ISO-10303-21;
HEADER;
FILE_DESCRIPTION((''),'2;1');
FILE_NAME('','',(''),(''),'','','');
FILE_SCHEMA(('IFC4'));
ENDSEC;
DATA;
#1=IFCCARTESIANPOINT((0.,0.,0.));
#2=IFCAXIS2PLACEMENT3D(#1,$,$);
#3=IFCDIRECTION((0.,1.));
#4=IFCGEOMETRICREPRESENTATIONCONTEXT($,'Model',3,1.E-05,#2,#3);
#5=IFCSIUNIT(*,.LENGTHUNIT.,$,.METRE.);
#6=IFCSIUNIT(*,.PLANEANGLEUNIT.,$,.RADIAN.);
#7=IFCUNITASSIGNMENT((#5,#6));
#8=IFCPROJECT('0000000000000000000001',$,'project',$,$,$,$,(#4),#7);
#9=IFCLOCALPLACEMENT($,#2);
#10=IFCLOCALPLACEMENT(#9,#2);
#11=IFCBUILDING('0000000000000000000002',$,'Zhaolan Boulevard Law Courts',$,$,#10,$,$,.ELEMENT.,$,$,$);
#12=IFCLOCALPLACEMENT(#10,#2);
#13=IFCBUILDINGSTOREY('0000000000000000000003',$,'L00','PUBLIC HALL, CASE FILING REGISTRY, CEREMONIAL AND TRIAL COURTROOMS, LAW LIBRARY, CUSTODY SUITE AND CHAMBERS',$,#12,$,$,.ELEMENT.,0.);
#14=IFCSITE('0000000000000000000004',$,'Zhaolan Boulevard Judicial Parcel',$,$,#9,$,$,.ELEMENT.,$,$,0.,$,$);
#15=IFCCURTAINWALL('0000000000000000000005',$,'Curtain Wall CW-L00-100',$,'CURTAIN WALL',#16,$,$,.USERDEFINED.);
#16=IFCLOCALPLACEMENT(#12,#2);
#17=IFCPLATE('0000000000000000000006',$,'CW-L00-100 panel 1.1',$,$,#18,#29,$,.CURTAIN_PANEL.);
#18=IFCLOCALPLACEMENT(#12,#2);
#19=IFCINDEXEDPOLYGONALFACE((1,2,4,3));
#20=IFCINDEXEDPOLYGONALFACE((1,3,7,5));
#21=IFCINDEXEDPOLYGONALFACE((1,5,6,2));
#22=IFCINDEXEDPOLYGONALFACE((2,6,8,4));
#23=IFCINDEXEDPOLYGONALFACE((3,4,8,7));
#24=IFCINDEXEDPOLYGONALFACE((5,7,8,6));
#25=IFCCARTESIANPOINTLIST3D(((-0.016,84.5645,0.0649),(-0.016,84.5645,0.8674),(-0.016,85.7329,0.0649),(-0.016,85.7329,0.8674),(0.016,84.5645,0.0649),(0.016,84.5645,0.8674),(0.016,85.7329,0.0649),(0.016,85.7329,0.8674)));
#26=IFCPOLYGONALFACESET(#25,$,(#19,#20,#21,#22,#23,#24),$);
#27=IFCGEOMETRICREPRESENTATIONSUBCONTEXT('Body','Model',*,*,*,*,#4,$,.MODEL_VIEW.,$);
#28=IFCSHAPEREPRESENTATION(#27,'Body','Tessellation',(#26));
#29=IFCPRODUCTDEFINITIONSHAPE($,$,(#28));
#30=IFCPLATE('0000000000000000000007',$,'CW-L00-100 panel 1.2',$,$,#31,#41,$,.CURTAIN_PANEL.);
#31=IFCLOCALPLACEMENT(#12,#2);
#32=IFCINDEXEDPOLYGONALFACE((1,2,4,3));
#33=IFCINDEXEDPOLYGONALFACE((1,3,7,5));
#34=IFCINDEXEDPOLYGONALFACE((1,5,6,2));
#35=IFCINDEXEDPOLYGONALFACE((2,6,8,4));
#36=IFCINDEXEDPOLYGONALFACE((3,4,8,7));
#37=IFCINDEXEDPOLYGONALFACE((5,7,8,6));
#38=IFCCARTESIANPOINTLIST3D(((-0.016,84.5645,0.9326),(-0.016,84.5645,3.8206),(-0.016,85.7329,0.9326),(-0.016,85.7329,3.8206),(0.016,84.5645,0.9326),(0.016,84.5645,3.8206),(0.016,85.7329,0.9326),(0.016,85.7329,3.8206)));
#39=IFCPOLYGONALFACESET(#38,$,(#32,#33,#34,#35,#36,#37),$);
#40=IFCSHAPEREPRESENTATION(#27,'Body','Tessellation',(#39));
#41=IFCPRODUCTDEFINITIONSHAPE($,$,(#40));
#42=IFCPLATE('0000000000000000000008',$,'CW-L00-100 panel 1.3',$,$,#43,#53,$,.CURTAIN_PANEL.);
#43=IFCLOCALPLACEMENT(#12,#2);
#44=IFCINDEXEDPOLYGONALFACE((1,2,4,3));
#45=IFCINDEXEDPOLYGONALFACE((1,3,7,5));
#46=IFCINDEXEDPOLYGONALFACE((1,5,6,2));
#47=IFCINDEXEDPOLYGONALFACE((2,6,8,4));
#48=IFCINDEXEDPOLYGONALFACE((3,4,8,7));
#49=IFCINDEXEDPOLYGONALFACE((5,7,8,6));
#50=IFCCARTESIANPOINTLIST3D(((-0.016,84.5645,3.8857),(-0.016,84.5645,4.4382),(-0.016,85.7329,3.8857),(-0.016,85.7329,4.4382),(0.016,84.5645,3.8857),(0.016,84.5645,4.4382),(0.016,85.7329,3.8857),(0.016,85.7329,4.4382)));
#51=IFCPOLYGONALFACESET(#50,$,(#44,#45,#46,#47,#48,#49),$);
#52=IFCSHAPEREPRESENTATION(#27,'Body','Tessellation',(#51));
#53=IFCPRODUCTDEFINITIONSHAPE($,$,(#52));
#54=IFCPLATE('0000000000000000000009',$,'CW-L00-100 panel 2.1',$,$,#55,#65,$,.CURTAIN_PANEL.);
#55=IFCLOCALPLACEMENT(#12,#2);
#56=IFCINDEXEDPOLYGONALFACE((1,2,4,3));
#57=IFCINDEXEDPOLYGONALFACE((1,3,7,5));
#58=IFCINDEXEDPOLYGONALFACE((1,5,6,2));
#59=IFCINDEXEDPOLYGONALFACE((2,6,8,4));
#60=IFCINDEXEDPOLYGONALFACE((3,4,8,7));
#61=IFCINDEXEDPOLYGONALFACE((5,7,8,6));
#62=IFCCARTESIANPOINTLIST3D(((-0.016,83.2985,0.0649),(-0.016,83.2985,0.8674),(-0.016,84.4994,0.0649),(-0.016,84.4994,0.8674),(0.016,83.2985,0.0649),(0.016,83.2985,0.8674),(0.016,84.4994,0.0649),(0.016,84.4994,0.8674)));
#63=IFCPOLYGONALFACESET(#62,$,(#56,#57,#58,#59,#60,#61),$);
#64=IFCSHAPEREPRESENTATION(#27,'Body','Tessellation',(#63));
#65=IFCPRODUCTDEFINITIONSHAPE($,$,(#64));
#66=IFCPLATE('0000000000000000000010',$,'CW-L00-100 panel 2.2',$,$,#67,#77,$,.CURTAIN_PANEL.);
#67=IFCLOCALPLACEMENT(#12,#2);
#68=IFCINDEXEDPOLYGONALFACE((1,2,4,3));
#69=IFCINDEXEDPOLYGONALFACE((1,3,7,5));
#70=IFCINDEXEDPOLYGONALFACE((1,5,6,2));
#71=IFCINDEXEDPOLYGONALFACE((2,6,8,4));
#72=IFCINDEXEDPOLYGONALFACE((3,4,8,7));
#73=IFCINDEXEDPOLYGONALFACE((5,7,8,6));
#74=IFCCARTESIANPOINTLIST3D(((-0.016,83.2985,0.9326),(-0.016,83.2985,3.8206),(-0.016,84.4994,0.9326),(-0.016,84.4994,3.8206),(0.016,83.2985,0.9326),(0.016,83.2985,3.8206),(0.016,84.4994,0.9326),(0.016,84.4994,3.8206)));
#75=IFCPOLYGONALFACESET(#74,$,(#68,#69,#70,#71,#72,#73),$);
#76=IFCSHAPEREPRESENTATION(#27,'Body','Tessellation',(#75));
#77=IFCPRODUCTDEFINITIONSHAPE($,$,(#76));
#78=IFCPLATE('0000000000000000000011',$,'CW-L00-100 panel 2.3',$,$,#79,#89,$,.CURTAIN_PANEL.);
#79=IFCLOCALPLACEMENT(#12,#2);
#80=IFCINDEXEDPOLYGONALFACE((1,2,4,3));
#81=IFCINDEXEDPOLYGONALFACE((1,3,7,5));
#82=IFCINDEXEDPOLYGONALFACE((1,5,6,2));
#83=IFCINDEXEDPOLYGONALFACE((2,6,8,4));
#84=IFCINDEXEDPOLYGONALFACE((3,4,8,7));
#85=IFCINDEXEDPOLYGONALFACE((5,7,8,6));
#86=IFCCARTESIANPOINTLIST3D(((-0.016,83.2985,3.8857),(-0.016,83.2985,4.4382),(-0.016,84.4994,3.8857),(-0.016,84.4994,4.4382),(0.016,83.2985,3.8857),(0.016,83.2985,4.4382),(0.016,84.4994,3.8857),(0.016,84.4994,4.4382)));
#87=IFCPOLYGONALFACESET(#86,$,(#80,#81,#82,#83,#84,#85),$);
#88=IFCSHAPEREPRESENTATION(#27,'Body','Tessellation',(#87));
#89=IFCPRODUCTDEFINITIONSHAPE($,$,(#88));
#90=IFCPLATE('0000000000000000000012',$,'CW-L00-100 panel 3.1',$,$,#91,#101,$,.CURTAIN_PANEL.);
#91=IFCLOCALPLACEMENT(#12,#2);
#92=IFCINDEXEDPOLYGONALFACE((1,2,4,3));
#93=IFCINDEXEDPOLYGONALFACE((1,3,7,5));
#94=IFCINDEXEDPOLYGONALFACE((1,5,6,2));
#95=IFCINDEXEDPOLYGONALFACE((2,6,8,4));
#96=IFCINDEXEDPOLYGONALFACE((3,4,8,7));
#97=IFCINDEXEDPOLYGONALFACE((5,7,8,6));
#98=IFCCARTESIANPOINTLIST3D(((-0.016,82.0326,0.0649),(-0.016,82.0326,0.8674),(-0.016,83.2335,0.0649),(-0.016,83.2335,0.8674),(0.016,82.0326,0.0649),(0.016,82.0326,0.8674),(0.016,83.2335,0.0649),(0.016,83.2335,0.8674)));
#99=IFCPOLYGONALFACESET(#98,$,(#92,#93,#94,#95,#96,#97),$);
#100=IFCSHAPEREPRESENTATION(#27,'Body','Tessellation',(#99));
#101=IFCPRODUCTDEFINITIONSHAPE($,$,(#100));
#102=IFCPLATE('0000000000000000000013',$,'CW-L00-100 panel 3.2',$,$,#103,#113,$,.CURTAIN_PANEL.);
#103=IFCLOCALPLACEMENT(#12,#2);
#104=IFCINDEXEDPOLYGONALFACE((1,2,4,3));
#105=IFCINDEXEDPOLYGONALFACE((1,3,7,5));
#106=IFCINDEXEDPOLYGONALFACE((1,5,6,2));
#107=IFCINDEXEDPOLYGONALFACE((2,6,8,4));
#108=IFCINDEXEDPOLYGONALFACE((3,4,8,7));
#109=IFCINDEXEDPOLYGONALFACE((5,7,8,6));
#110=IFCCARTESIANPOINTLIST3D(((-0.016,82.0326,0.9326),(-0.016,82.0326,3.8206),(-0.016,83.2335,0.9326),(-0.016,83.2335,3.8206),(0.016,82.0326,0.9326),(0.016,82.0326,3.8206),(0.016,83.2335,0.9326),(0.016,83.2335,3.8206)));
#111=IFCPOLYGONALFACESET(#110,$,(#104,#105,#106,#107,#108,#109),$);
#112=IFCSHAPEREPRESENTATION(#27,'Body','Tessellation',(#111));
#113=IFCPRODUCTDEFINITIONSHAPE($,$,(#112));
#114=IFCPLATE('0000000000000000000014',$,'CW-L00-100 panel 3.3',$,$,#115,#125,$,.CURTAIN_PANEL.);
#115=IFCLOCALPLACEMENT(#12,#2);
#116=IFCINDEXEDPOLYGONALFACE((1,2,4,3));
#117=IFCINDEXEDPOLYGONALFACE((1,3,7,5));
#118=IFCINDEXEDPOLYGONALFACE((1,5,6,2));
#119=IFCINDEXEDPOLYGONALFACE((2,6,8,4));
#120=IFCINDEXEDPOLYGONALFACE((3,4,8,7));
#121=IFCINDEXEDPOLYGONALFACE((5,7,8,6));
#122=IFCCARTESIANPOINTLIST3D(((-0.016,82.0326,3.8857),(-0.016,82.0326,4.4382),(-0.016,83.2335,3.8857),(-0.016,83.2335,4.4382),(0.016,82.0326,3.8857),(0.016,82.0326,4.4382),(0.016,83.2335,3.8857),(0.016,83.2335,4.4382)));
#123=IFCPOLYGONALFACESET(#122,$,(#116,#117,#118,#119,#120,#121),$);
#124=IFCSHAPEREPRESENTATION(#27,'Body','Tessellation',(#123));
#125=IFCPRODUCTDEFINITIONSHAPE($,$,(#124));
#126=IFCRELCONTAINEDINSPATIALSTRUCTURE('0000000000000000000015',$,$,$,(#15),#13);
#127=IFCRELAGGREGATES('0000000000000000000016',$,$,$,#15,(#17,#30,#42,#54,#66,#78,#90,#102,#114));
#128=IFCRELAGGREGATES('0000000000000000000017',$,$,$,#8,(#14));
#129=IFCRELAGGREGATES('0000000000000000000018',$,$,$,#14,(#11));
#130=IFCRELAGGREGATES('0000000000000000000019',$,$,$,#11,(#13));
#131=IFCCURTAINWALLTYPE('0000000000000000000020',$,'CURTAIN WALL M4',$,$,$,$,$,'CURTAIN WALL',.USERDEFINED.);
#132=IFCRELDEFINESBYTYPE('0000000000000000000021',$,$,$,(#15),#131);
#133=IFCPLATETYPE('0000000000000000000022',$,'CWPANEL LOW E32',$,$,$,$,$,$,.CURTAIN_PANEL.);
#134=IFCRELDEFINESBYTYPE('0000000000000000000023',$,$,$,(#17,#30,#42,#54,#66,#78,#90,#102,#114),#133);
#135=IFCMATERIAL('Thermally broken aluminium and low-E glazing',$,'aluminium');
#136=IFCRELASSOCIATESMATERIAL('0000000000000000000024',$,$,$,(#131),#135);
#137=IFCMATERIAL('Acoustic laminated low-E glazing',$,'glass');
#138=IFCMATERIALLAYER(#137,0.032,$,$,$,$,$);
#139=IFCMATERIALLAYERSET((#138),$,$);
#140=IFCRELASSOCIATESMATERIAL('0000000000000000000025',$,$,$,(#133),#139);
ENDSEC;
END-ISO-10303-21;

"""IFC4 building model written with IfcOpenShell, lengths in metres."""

from ifc_helpers import new_model, si_unit, direction, frame, origin, origin_2d, place, context, subcontext, project, spatial, rectangle, extrude, material, layer, layer_set, type_object, element, aggregate, save


model = new_model("IFC4")

# Units and contexts
model_context = context("Model", 3, precision=1e-05, world=origin(), true_north=direction((0.0, 1.0)))
body_context = subcontext(model_context, "Body", "Model", "MODEL_VIEW")
ifc_project = project(units=[si_unit("LENGTHUNIT", "METRE"), si_unit("PLANEANGLEUNIT", "RADIAN")], contexts=[model_context])

# Site, building, storey
site_placement = place(None, origin())
site = spatial("IfcSite", under=ifc_project, at=site_placement, Name="Zhaolan Boulevard Judicial Parcel", CompositionType="ELEMENT", RefElevation=0.0)
building_placement = place(site_placement, origin())
building = spatial("IfcBuilding", under=site, at=building_placement, Name="Zhaolan Boulevard Law Courts", CompositionType="ELEMENT")
storey_placement = place(building_placement, origin())
storey = spatial("IfcBuildingStorey", under=building, at=storey_placement, Name="L00", Description="PUBLIC HALL, CASE FILING REGISTRY, CEREMONIAL AND TRIAL COURTROOMS, LAW LIBRARY, CUSTODY SUITE AND CHAMBERS", CompositionType="ELEMENT", Elevation=0.0)

# Curtain wall, plates
ifc_material_1 = material(Name="Thermally broken aluminium and low-E glazing", Category="aluminium")
curtain_wall_type = type_object("IfcCurtainWallType", Name="CURTAIN WALL M4", ElementType="CURTAIN WALL", PredefinedType="USERDEFINED", material=ifc_material_1)
curtain_wall_placement = place(storey_placement, origin())
curtain_wall = element("IfcCurtainWall", 1, at=curtain_wall_placement, inside=storey, type_object=curtain_wall_type, Name="Curtain Wall CW-L00-100", ObjectType="CURTAIN WALL", PredefinedType="USERDEFINED")
ifc_material_2 = material(Name="Acoustic laminated low-E glazing", Category="glass")
ifc_layer = layer(ifc_material_2, 0.032)
ifc_layer_set = layer_set([ifc_layer])
plate_type = type_object("IfcPlateType", Name="CWPANEL LOW E32", PredefinedType="CURTAIN_PANEL", material=ifc_layer_set)
plate_1_placement = place(storey_placement, frame((0.0, 85.1487, 0.0649), z_axis=(0.0, 0.0, 1.0), x_axis=(0.0, -1.0, 0.0)))
plate_1 = element("IfcPlate", 2, at=plate_1_placement, type_object=plate_type, Name="CW-L00-100 panel 1.1", PredefinedType="CURTAIN_PANEL", context=body_context, shape_type="SweptSolid", body=[
    extrude(rectangle(XDim=1.1685, YDim=0.032, at=origin_2d()), origin(), (0.0, 0.0, 1.0), 0.8025),
])
plate_2_placement = place(storey_placement, frame((0.0, 85.1487, 0.9326), z_axis=(0.0, 0.0, 1.0), x_axis=(0.0, -1.0, 0.0)))
plate_2 = element("IfcPlate", 3, at=plate_2_placement, type_object=plate_type, Name="CW-L00-100 panel 1.2", PredefinedType="CURTAIN_PANEL", context=body_context, shape_type="SweptSolid", body=[
    extrude(rectangle(XDim=1.1685, YDim=0.032, at=origin_2d()), origin(), (0.0, 0.0, 1.0), 2.8879),
])
plate_3_placement = place(storey_placement, frame((0.0, 85.1487, 3.8857), z_axis=(0.0, 0.0, 1.0), x_axis=(0.0, -1.0, 0.0)))
plate_3 = element("IfcPlate", 4, at=plate_3_placement, type_object=plate_type, Name="CW-L00-100 panel 1.3", PredefinedType="CURTAIN_PANEL", context=body_context, shape_type="SweptSolid", body=[
    extrude(rectangle(XDim=1.1685, YDim=0.032, at=origin_2d()), origin(), (0.0, 0.0, 1.0), 0.5525),
])
plate_4_placement = place(storey_placement, frame((0.0, 83.8989, 0.0649), z_axis=(0.0, 0.0, 1.0), x_axis=(0.0, -1.0, 0.0)))
plate_4 = element("IfcPlate", 5, at=plate_4_placement, type_object=plate_type, Name="CW-L00-100 panel 2.1", PredefinedType="CURTAIN_PANEL", context=body_context, shape_type="SweptSolid", body=[
    extrude(rectangle(XDim=1.2009, YDim=0.032, at=origin_2d()), origin(), (0.0, 0.0, 1.0), 0.8025),
])
plate_5_placement = place(storey_placement, frame((0.0, 83.8989, 0.9326), z_axis=(0.0, 0.0, 1.0), x_axis=(0.0, -1.0, 0.0)))
plate_5 = element("IfcPlate", 6, at=plate_5_placement, type_object=plate_type, Name="CW-L00-100 panel 2.2", PredefinedType="CURTAIN_PANEL", context=body_context, shape_type="SweptSolid", body=[
    extrude(rectangle(XDim=1.2009, YDim=0.032, at=origin_2d()), origin(), (0.0, 0.0, 1.0), 2.8879),
])
plate_6_placement = place(storey_placement, frame((0.0, 83.8989, 3.8857), z_axis=(0.0, 0.0, 1.0), x_axis=(0.0, -1.0, 0.0)))
plate_6 = element("IfcPlate", 7, at=plate_6_placement, type_object=plate_type, Name="CW-L00-100 panel 2.3", PredefinedType="CURTAIN_PANEL", context=body_context, shape_type="SweptSolid", body=[
    extrude(rectangle(XDim=1.2009, YDim=0.032, at=origin_2d()), origin(), (0.0, 0.0, 1.0), 0.5525),
])
plate_7_placement = place(storey_placement, frame((0.0, 82.6331, 0.0649), z_axis=(0.0, 0.0, 1.0), x_axis=(0.0, -1.0, 0.0)))
plate_7 = element("IfcPlate", 8, at=plate_7_placement, type_object=plate_type, Name="CW-L00-100 panel 3.1", PredefinedType="CURTAIN_PANEL", context=body_context, shape_type="SweptSolid", body=[
    extrude(rectangle(XDim=1.2009, YDim=0.032, at=origin_2d()), origin(), (0.0, 0.0, 1.0), 0.8025),
])
plate_8_placement = place(storey_placement, frame((0.0, 82.6331, 0.9326), z_axis=(0.0, 0.0, 1.0), x_axis=(0.0, -1.0, 0.0)))
plate_8 = element("IfcPlate", 9, at=plate_8_placement, type_object=plate_type, Name="CW-L00-100 panel 3.2", PredefinedType="CURTAIN_PANEL", context=body_context, shape_type="SweptSolid", body=[
    extrude(rectangle(XDim=1.2009, YDim=0.032, at=origin_2d()), origin(), (0.0, 0.0, 1.0), 2.8879),
])
plate_9_placement = place(storey_placement, frame((0.0, 82.6331, 3.8857), z_axis=(0.0, 0.0, 1.0), x_axis=(0.0, -1.0, 0.0)))
plate_9 = element("IfcPlate", 10, at=plate_9_placement, type_object=plate_type, Name="CW-L00-100 panel 3.3", PredefinedType="CURTAIN_PANEL", context=body_context, shape_type="SweptSolid", body=[
    extrude(rectangle(XDim=1.2009, YDim=0.032, at=origin_2d()), origin(), (0.0, 0.0, 1.0), 0.5525),
])
aggregate(curtain_wall, [plate_1, plate_2, plate_3, plate_4, plate_5, plate_6, plate_7, plate_8, plate_9])

save(model, "model.ifc")
